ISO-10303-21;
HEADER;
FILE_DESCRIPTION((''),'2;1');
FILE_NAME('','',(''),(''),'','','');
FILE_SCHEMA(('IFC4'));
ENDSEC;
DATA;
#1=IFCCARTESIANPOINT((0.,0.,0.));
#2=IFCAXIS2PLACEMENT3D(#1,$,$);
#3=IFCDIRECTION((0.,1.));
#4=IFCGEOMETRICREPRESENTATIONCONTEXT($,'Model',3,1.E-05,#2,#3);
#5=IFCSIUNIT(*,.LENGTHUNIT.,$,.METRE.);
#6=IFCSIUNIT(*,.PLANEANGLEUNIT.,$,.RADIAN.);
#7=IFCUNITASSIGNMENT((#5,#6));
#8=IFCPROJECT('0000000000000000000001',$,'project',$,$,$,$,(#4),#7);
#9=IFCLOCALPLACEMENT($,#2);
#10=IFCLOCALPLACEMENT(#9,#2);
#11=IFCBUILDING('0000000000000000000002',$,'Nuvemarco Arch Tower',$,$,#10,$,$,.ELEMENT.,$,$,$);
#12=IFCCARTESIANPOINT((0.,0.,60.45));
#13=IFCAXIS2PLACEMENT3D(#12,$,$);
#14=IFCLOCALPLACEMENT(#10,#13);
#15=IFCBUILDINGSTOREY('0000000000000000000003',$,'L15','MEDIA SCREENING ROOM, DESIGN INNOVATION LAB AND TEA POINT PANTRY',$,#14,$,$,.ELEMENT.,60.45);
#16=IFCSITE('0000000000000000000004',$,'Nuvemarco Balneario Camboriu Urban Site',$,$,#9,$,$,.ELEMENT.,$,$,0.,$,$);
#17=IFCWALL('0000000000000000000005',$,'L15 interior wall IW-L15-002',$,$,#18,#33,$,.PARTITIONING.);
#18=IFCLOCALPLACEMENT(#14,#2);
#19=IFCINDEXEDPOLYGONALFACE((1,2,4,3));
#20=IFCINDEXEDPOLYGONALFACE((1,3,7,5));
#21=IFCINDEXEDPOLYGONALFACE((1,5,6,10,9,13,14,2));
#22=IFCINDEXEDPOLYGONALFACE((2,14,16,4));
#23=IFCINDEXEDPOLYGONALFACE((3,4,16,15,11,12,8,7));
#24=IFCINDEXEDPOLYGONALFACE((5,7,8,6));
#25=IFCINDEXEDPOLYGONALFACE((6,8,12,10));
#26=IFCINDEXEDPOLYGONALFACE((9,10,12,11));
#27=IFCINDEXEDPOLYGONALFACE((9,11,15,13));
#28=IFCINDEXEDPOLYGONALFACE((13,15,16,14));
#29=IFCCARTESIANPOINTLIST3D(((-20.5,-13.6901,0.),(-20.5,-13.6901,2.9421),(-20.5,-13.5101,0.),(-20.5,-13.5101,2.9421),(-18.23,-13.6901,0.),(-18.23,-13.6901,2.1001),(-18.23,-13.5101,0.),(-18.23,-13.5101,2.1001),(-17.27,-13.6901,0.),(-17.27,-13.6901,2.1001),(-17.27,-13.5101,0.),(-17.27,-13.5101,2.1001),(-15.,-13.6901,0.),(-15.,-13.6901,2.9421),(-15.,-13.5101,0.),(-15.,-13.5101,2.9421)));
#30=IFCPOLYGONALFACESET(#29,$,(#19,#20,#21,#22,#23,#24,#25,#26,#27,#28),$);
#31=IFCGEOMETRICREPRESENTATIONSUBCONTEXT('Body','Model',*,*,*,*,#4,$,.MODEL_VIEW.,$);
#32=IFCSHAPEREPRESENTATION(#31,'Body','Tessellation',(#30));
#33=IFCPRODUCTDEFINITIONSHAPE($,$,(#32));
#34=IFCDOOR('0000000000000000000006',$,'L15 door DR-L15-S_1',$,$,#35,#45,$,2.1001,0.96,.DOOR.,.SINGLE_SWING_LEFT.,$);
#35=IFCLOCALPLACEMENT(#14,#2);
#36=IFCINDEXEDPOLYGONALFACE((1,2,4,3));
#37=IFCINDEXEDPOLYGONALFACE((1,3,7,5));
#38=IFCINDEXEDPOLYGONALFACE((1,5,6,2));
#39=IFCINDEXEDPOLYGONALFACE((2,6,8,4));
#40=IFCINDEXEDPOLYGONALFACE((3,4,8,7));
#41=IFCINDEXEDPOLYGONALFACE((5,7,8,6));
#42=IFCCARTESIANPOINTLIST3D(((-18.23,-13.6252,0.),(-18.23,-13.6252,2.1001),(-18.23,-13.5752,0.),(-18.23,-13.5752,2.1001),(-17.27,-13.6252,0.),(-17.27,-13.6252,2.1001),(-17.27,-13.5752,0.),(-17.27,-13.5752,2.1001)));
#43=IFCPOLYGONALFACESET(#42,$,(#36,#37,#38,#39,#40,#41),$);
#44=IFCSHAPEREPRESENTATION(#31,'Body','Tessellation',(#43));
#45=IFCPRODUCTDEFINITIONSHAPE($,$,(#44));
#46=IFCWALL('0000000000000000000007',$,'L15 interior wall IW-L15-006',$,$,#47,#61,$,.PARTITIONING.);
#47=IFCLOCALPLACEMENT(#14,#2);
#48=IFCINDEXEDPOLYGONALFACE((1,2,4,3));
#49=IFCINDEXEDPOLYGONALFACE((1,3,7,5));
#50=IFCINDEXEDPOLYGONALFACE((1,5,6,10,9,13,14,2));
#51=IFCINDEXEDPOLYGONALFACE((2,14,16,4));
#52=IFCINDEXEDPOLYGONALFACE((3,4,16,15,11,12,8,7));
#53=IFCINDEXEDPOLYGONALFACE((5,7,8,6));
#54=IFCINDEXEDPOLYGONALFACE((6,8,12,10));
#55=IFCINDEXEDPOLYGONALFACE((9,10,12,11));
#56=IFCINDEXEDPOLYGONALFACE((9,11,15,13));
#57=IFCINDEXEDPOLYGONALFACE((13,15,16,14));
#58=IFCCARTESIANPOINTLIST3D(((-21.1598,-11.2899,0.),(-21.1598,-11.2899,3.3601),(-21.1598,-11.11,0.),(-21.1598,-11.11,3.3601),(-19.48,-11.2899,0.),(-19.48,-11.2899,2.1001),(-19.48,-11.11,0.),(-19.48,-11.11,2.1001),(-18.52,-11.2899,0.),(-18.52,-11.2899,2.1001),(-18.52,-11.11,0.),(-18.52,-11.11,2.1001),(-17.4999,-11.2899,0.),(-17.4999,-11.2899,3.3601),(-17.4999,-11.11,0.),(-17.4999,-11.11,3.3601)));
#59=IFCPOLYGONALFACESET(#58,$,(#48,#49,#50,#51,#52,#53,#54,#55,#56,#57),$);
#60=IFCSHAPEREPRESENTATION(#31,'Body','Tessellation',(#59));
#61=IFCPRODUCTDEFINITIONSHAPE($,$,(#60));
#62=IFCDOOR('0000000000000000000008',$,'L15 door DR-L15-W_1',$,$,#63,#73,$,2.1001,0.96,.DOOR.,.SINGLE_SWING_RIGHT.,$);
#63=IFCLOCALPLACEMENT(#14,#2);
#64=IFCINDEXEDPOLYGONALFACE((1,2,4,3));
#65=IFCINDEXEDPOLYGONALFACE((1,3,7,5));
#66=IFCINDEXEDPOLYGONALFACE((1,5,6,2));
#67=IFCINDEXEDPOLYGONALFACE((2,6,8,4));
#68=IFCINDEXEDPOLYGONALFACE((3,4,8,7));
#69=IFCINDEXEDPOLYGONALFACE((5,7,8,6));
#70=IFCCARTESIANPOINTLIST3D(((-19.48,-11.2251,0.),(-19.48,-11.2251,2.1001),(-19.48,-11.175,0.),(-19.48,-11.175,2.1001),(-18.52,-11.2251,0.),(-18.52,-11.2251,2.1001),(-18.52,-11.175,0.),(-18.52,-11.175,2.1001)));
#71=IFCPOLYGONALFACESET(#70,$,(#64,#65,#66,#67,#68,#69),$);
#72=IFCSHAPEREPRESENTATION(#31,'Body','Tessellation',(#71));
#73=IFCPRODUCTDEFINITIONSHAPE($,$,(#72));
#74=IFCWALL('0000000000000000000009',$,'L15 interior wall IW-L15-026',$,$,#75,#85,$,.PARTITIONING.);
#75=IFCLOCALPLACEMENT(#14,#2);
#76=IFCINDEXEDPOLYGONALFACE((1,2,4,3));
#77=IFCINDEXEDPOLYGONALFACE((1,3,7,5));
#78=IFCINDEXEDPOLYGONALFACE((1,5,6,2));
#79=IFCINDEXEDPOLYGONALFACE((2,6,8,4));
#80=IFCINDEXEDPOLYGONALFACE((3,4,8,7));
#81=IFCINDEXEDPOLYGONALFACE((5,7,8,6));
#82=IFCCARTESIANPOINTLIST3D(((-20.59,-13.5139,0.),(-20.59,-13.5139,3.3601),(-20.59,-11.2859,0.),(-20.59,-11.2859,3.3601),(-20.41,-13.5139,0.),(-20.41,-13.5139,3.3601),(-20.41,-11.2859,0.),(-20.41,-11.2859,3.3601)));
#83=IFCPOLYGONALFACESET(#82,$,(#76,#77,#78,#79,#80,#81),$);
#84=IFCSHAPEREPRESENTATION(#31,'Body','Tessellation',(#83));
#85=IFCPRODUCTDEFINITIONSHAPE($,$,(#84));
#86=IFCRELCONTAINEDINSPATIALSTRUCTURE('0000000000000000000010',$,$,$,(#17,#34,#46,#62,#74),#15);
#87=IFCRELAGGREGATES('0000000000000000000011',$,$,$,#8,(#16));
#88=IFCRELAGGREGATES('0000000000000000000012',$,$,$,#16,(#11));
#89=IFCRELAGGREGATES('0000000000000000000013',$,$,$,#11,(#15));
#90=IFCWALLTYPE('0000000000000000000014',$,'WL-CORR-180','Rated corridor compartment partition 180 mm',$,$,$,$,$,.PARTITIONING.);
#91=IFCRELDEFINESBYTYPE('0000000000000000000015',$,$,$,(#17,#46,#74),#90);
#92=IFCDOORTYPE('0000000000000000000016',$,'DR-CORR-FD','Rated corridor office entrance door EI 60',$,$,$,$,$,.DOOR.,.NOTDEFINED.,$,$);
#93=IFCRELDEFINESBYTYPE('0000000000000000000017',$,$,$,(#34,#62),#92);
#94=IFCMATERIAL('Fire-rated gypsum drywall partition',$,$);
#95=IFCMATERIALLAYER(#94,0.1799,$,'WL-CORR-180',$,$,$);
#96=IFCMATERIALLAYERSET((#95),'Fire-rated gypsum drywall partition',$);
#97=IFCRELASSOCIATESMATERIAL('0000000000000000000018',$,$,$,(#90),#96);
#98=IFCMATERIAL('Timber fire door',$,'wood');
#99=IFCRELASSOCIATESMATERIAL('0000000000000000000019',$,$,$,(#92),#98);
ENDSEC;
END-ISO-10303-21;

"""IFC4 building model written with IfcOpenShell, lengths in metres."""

from ifc_helpers import new_model, si_unit, direction, frame, frame_2d, origin, place, context, subcontext, project, spatial, rectangle, extrude, source, transform, mapped, material, layer, layer_set, type_object, type_shapes, element, fill, save


model = new_model("IFC4")

# Units and contexts
model_context = context("Model", 3, precision=1e-05, world=origin(), true_north=direction((0.0, 1.0)))
body_context = subcontext(model_context, "Body", "Model", "MODEL_VIEW")
ifc_project = project(units=[si_unit("LENGTHUNIT", "METRE"), si_unit("PLANEANGLEUNIT", "RADIAN")], contexts=[model_context])

# Site, building, storey
site_placement = place(None, origin())
site = spatial("IfcSite", under=ifc_project, at=site_placement, Name="Nuvemarco Balneario Camboriu Urban Site", CompositionType="ELEMENT", RefElevation=0.0)
building_placement = place(site_placement, origin())
building = spatial("IfcBuilding", under=site, at=building_placement, Name="Nuvemarco Arch Tower", CompositionType="ELEMENT")
storey_placement = place(building_placement, frame((0.0, 0.0, 60.45)))
storey = spatial("IfcBuildingStorey", under=building, at=storey_placement, Name="L15", Description="MEDIA SCREENING ROOM, DESIGN INNOVATION LAB AND TEA POINT PANTRY", CompositionType="ELEMENT", Elevation=60.45)

# Walls, openings, doors
ifc_material_1 = material(Name="Fire-rated gypsum drywall partition")
ifc_layer = layer(ifc_material_1, 0.1799, Name="WL-CORR-180")
ifc_layer_set = layer_set([ifc_layer], Name="Fire-rated gypsum drywall partition")
wall_type = type_object("IfcWallType", Name="WL-CORR-180", Description="Rated corridor compartment partition 180 mm", PredefinedType="PARTITIONING", material=ifc_layer_set)
wall_1_placement = place(storey_placement, frame((-20.5, -13.6001, 0.0), z_axis=(0.0, 0.0, 1.0), x_axis=(1.0, 0.0, 0.0)))
wall_1 = element("IfcWall", 1, at=wall_1_placement, inside=storey, type_object=wall_type, Name="L15 interior wall IW-L15-002", PredefinedType="PARTITIONING", context=body_context, shape_type="SweptSolid", body=[
    extrude(rectangle(XDim=5.5, YDim=0.1799, at=frame_2d((2.75, 0.0))), origin(), (0.0, 0.0, 1.0), 2.9421),
])
opening_1_placement = place(wall_1_placement, frame((2.27, 0.0, 0.0)))
opening_1 = element("IfcOpeningElement", 2, at=opening_1_placement, cuts=wall_1, PredefinedType="OPENING", context=body_context, shape_type="SweptSolid", body=[
    extrude(rectangle(XDim=0.96, YDim=2.1001, at=frame_2d((0.48, 1.05))), frame((0.0, 0.0999, 0.0), z_axis=(0.0, -1.0, 0.0), x_axis=(1.0, 0.0, 0.0)), (0.0, 0.0, 1.0), 0.2),
])
ifc_material_2 = material(Name="Timber fire door", Category="wood")
door_type = type_object("IfcDoorType", Name="DR-CORR-FD", Description="Rated corridor office entrance door EI 60", OperationType="NOTDEFINED", PredefinedType="DOOR", material=ifc_material_2)
shared_shape = source(origin(), body_context, "Body", "SweptSolid", [
    extrude(rectangle(XDim=0.96, YDim=2.1001, at=frame_2d((0.48, 1.05))), frame((0.0, 0.0249, 0.0), z_axis=(0.0, -1.0, 0.0), x_axis=(1.0, 0.0, 0.0)), (0.0, 0.0, 1.0), 0.05),
])
type_shapes(door_type, [shared_shape])
door_1_placement = place(opening_1_placement, origin())
door_1 = element("IfcDoor", 3, at=door_1_placement, inside=storey, type_object=door_type, Name="L15 door DR-L15-S_1", OperationType="SINGLE_SWING_LEFT", OverallHeight=2.1001, OverallWidth=0.96, PredefinedType="DOOR", context=body_context, shape_type="MappedRepresentation", body=[
    mapped(shared_shape, transform((0.0, 0.0, 0.0), scale=1.0)),
])
fill(opening_1, door_1)
wall_2_placement = place(storey_placement, frame((-21.1599, -11.2, 0.0), z_axis=(0.0, 0.0, 1.0), x_axis=(1.0, 0.0, 0.0)))
wall_2 = element("IfcWall", 4, at=wall_2_placement, inside=storey, type_object=wall_type, Name="L15 interior wall IW-L15-006", PredefinedType="PARTITIONING", context=body_context, shape_type="SweptSolid", body=[
    extrude(rectangle(XDim=3.6599, YDim=0.1799, at=frame_2d((1.8301, 0.0))), origin(), (0.0, 0.0, 1.0), 3.3601),
])
opening_2_placement = place(wall_2_placement, frame((1.6799, 0.0, 0.0)))
opening_2 = element("IfcOpeningElement", 5, at=opening_2_placement, cuts=wall_2, PredefinedType="OPENING", context=body_context, shape_type="SweptSolid", body=[
    extrude(rectangle(XDim=0.96, YDim=2.1001, at=frame_2d((0.48, 1.05))), frame((0.0, 0.0999, 0.0), z_axis=(0.0, -1.0, 0.0), x_axis=(1.0, 0.0, 0.0)), (0.0, 0.0, 1.0), 0.2),
])
door_2_placement = place(opening_2_placement, origin())
door_2 = element("IfcDoor", 6, at=door_2_placement, inside=storey, type_object=door_type, Name="L15 door DR-L15-W_1", OperationType="SINGLE_SWING_RIGHT", OverallHeight=2.1001, OverallWidth=0.96, PredefinedType="DOOR", context=body_context, shape_type="MappedRepresentation", body=[
    mapped(shared_shape, transform((0.0, 0.0, 0.0), scale=1.0)),
])
fill(opening_2, door_2)

# Wall
wall_3_placement = place(storey_placement, frame((-20.5, -13.5139, 0.0), z_axis=(0.0, 0.0, 1.0), x_axis=(0.0, 1.0, 0.0)))
element("IfcWall", 7, at=wall_3_placement, inside=storey, type_object=wall_type, Name="L15 interior wall IW-L15-026", PredefinedType="PARTITIONING", context=body_context, shape_type="SweptSolid", body=[
    extrude(rectangle(XDim=2.228, YDim=0.1799, at=frame_2d((1.114, 0.0))), origin(), (0.0, 0.0, 1.0), 3.3601),
])

save(model, "model.ifc")
